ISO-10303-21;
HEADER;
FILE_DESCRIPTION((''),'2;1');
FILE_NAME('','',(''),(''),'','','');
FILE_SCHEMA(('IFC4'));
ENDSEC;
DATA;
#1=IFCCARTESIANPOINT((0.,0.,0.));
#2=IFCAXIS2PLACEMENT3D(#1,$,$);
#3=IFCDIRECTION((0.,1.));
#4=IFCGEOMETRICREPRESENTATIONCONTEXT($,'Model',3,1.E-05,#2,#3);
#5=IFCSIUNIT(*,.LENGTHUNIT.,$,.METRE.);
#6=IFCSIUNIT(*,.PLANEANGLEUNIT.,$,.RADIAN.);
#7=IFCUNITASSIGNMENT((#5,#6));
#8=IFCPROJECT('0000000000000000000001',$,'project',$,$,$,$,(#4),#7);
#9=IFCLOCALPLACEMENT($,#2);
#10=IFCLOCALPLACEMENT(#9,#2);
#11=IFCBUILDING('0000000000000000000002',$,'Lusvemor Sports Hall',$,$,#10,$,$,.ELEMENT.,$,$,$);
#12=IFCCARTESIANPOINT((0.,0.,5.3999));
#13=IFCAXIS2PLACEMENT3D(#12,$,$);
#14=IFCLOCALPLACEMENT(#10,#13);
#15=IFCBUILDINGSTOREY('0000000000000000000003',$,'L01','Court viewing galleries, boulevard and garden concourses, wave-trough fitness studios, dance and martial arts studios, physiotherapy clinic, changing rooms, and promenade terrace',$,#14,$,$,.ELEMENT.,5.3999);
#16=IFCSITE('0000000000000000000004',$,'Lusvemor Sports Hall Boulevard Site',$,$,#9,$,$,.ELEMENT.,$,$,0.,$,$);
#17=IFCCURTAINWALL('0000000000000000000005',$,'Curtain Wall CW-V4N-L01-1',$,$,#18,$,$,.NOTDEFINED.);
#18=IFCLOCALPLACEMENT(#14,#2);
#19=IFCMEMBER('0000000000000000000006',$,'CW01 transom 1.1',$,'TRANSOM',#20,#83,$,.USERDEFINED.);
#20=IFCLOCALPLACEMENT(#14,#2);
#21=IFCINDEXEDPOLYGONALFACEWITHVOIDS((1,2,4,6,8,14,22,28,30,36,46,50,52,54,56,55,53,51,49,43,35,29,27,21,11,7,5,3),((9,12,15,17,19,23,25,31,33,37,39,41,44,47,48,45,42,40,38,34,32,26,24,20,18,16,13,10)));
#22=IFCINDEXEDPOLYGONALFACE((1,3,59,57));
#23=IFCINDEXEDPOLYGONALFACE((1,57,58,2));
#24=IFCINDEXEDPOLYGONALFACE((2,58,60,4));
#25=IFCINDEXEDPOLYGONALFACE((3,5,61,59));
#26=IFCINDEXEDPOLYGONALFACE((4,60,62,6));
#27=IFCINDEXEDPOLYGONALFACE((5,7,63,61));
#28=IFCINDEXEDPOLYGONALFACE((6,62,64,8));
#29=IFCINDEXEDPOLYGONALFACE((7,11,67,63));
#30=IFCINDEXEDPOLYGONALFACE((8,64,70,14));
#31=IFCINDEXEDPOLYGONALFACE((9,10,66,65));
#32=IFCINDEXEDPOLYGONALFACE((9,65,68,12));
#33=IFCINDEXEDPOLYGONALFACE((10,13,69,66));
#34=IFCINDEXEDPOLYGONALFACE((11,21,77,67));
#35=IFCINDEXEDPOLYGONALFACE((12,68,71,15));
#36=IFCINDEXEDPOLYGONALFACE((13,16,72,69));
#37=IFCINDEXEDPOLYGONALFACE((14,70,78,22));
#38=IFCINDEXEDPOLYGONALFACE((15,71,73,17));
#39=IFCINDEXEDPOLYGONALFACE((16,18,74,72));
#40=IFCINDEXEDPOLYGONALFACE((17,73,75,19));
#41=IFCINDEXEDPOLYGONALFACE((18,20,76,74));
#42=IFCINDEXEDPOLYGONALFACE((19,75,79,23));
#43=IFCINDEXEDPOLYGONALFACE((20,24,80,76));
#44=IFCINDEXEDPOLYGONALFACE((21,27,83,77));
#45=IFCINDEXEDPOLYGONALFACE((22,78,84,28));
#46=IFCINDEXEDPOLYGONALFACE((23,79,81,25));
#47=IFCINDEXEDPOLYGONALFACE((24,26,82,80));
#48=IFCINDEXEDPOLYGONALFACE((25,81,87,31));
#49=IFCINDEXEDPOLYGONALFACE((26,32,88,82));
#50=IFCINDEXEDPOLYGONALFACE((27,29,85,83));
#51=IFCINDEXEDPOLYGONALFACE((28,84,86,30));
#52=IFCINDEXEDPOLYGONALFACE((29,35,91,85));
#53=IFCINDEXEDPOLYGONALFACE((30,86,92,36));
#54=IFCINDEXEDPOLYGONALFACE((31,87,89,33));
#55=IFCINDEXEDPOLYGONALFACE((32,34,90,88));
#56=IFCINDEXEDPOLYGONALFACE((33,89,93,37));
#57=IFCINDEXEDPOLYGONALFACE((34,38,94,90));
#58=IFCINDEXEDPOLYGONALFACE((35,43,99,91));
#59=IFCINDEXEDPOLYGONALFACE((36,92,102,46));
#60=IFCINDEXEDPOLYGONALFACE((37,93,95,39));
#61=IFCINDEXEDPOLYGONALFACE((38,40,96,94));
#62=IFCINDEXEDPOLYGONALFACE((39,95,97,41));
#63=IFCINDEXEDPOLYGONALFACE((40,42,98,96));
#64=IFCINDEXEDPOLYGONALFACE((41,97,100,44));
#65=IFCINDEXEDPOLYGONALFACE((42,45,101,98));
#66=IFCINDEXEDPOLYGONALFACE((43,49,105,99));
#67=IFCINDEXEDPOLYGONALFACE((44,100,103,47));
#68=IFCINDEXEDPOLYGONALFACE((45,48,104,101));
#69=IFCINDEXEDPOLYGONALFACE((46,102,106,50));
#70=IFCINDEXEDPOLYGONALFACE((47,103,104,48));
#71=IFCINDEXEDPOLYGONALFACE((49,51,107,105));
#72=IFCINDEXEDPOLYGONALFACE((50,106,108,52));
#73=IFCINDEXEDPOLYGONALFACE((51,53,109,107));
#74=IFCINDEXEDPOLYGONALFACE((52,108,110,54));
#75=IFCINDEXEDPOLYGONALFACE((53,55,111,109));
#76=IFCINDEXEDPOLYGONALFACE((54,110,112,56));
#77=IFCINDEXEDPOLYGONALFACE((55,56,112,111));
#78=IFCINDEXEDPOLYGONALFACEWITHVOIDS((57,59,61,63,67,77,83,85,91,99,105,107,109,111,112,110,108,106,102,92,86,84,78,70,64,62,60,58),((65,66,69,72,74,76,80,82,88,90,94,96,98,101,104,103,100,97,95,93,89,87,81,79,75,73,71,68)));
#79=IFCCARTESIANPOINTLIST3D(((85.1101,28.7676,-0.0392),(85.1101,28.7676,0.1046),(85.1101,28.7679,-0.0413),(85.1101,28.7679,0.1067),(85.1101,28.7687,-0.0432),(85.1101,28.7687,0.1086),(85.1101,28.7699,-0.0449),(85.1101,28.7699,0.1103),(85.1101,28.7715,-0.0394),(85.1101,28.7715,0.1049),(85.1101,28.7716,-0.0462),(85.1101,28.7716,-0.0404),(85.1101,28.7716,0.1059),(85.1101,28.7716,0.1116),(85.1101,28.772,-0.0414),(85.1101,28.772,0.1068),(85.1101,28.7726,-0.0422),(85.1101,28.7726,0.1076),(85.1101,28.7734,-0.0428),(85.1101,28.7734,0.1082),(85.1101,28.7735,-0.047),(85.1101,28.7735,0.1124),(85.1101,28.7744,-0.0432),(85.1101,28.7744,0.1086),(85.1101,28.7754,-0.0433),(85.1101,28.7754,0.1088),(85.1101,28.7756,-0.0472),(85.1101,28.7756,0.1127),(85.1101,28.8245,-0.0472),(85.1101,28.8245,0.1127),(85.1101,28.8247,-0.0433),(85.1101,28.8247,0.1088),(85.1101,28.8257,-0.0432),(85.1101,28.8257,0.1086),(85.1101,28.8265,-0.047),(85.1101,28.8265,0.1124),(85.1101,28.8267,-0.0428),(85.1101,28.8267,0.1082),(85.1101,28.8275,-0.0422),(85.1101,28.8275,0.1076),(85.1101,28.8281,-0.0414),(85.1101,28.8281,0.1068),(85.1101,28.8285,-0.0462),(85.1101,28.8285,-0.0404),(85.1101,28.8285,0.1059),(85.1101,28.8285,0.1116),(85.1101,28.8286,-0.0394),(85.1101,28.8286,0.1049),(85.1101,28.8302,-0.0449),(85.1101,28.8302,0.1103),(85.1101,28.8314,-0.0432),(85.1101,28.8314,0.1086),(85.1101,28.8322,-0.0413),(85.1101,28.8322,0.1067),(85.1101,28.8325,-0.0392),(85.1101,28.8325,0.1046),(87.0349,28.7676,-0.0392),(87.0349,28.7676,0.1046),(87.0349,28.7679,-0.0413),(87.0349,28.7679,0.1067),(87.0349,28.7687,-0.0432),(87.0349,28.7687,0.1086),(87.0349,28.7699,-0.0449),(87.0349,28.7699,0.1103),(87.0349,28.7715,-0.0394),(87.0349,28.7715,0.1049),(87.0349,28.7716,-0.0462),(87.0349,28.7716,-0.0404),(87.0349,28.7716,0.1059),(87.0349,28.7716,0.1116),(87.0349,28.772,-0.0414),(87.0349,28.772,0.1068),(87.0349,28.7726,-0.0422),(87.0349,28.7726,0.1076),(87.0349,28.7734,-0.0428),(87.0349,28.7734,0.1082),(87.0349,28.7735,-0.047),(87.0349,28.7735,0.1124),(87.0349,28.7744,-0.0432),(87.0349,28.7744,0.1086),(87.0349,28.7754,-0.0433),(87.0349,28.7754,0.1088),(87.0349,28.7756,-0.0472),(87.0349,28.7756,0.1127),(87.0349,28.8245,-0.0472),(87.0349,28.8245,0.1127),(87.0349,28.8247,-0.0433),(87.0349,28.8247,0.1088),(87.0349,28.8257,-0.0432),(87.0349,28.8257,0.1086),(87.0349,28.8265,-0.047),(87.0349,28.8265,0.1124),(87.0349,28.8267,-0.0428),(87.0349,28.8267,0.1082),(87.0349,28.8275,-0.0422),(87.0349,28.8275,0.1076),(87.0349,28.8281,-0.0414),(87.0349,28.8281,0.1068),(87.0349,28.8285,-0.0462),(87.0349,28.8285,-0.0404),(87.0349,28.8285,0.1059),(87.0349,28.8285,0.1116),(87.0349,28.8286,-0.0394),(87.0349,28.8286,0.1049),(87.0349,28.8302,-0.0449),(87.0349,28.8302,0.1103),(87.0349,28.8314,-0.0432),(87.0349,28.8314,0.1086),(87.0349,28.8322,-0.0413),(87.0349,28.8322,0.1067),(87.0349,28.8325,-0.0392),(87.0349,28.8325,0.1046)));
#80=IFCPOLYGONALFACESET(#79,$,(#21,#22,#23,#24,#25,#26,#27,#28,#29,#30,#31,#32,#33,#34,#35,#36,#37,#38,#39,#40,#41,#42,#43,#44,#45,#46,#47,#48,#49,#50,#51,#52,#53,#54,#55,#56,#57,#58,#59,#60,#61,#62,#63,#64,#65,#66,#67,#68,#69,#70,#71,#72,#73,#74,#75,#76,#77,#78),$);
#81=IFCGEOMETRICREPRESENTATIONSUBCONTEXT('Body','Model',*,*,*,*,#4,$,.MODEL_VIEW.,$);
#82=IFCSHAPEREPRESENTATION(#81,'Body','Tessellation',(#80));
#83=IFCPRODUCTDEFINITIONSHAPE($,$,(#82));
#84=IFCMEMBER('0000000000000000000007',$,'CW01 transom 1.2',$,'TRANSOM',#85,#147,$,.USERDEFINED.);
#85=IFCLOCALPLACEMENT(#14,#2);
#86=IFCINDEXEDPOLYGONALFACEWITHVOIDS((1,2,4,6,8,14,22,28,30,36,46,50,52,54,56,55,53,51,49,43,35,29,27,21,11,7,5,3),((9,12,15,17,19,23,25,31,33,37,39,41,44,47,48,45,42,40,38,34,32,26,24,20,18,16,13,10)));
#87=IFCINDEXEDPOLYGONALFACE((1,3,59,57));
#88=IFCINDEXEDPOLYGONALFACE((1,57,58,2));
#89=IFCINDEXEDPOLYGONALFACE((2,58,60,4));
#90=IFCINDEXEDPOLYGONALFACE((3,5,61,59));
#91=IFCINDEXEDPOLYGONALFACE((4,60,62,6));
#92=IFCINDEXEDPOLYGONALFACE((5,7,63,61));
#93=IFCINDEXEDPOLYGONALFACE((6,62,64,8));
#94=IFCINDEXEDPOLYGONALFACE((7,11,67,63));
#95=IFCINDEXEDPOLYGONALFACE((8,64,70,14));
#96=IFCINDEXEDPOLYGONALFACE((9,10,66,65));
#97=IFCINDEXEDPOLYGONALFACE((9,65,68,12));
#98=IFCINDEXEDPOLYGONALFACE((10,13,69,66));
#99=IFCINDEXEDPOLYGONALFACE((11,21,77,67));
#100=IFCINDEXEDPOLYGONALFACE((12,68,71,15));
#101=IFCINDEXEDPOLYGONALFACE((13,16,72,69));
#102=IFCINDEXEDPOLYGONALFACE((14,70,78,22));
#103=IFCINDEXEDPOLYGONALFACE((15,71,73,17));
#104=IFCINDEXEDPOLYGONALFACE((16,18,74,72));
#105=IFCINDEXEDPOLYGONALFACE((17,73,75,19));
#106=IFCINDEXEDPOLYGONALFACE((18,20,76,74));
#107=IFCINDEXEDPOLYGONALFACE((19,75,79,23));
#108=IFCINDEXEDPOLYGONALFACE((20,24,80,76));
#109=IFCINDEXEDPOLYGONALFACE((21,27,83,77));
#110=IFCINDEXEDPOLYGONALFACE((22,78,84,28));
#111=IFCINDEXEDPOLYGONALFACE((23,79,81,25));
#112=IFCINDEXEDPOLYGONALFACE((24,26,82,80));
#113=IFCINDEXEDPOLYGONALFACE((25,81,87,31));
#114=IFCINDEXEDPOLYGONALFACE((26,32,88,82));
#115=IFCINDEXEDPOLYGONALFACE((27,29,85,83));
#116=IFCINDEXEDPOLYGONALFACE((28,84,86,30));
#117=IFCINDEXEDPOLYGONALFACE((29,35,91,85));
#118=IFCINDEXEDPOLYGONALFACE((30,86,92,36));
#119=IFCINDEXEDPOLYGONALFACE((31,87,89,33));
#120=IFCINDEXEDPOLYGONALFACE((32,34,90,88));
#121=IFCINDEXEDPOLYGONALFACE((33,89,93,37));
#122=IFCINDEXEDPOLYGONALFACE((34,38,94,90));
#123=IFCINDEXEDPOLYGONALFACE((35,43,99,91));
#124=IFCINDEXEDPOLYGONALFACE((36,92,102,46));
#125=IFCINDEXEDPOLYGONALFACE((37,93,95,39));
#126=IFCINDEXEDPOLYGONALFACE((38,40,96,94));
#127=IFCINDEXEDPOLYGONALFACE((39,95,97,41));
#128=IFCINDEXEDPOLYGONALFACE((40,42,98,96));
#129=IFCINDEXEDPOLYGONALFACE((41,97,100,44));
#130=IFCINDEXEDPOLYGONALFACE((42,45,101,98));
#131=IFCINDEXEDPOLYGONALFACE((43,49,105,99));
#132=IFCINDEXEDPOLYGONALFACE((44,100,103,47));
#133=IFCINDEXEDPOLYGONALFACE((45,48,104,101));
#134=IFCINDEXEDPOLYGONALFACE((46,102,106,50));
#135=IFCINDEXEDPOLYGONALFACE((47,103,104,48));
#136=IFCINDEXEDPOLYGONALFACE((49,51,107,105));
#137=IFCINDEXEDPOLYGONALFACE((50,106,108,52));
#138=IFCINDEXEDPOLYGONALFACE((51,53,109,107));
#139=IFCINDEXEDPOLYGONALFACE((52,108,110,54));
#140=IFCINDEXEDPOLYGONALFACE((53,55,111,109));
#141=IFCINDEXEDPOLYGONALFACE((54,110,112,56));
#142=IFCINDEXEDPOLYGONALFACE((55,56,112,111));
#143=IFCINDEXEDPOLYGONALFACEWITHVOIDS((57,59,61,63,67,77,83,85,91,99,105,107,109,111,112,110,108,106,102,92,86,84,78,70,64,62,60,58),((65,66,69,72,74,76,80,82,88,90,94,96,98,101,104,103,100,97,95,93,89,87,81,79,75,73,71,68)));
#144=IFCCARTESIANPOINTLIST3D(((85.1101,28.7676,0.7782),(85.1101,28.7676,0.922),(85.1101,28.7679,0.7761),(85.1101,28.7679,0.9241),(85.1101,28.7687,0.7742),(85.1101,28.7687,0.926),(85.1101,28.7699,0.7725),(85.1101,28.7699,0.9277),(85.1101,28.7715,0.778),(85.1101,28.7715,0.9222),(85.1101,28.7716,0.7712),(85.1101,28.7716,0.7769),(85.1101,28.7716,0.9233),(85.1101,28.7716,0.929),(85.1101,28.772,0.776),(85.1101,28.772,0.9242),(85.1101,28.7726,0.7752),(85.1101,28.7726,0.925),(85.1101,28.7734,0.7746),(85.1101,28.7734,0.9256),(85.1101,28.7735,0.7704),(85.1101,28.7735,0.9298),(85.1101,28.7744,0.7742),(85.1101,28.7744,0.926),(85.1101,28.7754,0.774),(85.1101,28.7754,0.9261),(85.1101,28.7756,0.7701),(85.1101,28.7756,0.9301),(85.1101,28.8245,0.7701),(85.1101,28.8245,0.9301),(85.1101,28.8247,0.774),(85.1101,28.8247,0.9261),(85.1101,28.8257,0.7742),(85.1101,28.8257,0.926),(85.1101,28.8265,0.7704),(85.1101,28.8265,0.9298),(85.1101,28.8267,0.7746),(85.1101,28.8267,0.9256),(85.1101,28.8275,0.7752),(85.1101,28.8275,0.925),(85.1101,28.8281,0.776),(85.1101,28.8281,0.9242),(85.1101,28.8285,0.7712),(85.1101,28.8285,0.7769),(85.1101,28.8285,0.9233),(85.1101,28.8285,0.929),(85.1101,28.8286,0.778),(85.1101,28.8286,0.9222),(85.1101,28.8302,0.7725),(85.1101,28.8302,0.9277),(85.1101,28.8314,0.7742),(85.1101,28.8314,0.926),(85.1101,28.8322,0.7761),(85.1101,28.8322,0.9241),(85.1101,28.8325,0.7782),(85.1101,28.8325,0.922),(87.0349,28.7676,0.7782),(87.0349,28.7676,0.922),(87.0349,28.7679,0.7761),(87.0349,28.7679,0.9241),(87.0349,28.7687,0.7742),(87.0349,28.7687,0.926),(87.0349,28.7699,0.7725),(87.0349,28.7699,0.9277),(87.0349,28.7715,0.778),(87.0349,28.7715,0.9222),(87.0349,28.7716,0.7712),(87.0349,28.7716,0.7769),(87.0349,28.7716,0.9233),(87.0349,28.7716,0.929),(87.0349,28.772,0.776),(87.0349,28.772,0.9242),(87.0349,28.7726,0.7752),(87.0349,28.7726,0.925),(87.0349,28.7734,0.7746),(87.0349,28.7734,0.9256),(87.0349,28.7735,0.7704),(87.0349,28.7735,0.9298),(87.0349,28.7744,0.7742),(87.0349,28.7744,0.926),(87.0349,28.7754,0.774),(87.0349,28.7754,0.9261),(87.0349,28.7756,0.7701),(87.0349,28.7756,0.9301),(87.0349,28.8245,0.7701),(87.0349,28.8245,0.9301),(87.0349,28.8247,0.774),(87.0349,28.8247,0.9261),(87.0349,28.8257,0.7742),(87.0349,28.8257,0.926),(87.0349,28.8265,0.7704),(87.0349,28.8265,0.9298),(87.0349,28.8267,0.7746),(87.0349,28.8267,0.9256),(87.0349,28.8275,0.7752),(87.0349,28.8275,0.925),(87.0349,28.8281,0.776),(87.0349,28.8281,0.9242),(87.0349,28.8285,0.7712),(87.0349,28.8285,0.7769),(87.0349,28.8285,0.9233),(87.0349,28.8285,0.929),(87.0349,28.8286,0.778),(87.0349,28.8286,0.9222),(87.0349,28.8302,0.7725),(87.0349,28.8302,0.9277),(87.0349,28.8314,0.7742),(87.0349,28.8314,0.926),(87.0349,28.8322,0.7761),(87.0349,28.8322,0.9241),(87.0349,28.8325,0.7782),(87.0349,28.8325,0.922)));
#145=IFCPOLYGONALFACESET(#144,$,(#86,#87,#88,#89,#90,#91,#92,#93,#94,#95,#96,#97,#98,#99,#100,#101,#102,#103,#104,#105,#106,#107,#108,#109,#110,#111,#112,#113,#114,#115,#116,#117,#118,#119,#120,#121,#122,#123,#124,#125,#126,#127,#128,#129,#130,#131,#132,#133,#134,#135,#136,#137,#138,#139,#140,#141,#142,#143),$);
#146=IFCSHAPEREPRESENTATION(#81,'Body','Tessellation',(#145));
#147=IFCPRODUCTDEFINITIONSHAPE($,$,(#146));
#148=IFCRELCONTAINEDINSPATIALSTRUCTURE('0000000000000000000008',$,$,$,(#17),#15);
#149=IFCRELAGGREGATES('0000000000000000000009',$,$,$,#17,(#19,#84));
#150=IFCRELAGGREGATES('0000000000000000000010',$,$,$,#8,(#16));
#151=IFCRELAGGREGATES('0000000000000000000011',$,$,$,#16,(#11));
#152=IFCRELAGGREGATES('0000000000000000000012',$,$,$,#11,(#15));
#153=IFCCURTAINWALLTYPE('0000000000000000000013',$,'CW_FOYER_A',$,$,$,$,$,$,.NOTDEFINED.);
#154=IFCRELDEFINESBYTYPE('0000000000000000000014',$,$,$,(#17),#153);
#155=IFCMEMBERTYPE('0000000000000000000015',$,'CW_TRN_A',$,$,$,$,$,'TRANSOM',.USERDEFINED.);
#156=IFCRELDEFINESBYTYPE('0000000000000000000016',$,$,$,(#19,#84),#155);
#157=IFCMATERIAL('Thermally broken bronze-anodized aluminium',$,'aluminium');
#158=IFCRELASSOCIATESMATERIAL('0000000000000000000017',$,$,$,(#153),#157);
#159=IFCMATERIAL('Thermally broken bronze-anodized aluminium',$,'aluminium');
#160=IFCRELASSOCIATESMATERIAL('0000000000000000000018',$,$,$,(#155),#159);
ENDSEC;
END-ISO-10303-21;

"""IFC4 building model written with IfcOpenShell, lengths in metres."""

from ifc_helpers import new_model, si_unit, direction, frame, origin, origin_2d, place, context, subcontext, project, spatial, hollow_rectangle, extrude, material, material_profile, profile_set, type_object, element, aggregate, save


model = new_model("IFC4")

# Units and contexts
model_context = context("Model", 3, precision=1e-05, world=origin(), true_north=direction((0.0, 1.0)))
body_context = subcontext(model_context, "Body", "Model", "MODEL_VIEW")
ifc_project = project(units=[si_unit("LENGTHUNIT", "METRE"), si_unit("PLANEANGLEUNIT", "RADIAN")], contexts=[model_context])

# Site, building, storey
site_placement = place(None, origin())
site = spatial("IfcSite", under=ifc_project, at=site_placement, Name="Lusvemor Sports Hall Boulevard Site", CompositionType="ELEMENT", RefElevation=0.0)
building_placement = place(site_placement, origin())
building = spatial("IfcBuilding", under=site, at=building_placement, Name="Lusvemor Sports Hall", CompositionType="ELEMENT")
storey_placement = place(building_placement, frame((0.0, 0.0, 5.3999)))
storey = spatial("IfcBuildingStorey", under=building, at=storey_placement, Name="L01", Description="Court viewing galleries, boulevard and garden concourses, wave-trough fitness studios, dance and martial arts studios, physiotherapy clinic, changing rooms, and promenade terrace", CompositionType="ELEMENT", Elevation=5.3999)

# Curtain wall, members
ifc_material_1 = material(Name="Thermally broken bronze-anodized aluminium", Category="aluminium")
curtain_wall_type = type_object("IfcCurtainWallType", Name="CW_FOYER_A", PredefinedType="NOTDEFINED", material=ifc_material_1)
curtain_wall_placement = place(storey_placement, origin())
curtain_wall = element("IfcCurtainWall", 1, at=curtain_wall_placement, inside=storey, type_object=curtain_wall_type, Name="Curtain Wall CW-V4N-L01-1", PredefinedType="NOTDEFINED")
ifc_material_2 = material(Name="Thermally broken bronze-anodized aluminium", Category="aluminium")
ifc_material_profile_1 = material_profile(ifc_material_2, hollow_rectangle(XDim=0.0649, YDim=0.1599, WallThickness=0.0039, InnerFilletRadius=0.0039, OuterFilletRadius=0.0081, at=origin_2d()), Name="CWTRN160x65x4")
ifc_profile_set_1 = profile_set([ifc_material_profile_1], Name="Thermally broken bronze-anodized aluminium")
member_type_1 = type_object("IfcMemberType", Name="CW_TRN_A", ElementType="TRANSOM", PredefinedType="USERDEFINED", material=ifc_profile_set_1)
member_1_placement = place(storey_placement, frame((85.1101, 28.8, 0.0327), z_axis=(1.0, 0.0, 0.0), x_axis=(0.0, 1.0, 0.0)))
member_1 = element("IfcMember", 2, at=member_1_placement, type_object=member_type_1, Name="CW01 transom 1.1", ObjectType="TRANSOM", PredefinedType="USERDEFINED", context=body_context, shape_type="SweptSolid", body=[
    extrude(hollow_rectangle(XDim=0.0649, YDim=0.1599, WallThickness=0.0039, InnerFilletRadius=0.0039, OuterFilletRadius=0.0081, at=origin_2d()), origin(), (0.0, 0.0, 1.0), 1.9248),
])
member_2_placement = place(storey_placement, frame((85.1101, 28.8, 0.8501), z_axis=(1.0, 0.0, 0.0), x_axis=(0.0, 1.0, 0.0)))
member_2 = element("IfcMember", 3, at=member_2_placement, type_object=member_type_1, Name="CW01 transom 1.2", ObjectType="TRANSOM", PredefinedType="USERDEFINED", context=body_context, shape_type="SweptSolid", body=[
    extrude(hollow_rectangle(XDim=0.0649, YDim=0.1599, WallThickness=0.0039, InnerFilletRadius=0.0039, OuterFilletRadius=0.0081, at=origin_2d()), origin(), (0.0, 0.0, 1.0), 1.9248),
])

aggregate(curtain_wall, [member_1, member_2])

save(model, "model.ifc")
